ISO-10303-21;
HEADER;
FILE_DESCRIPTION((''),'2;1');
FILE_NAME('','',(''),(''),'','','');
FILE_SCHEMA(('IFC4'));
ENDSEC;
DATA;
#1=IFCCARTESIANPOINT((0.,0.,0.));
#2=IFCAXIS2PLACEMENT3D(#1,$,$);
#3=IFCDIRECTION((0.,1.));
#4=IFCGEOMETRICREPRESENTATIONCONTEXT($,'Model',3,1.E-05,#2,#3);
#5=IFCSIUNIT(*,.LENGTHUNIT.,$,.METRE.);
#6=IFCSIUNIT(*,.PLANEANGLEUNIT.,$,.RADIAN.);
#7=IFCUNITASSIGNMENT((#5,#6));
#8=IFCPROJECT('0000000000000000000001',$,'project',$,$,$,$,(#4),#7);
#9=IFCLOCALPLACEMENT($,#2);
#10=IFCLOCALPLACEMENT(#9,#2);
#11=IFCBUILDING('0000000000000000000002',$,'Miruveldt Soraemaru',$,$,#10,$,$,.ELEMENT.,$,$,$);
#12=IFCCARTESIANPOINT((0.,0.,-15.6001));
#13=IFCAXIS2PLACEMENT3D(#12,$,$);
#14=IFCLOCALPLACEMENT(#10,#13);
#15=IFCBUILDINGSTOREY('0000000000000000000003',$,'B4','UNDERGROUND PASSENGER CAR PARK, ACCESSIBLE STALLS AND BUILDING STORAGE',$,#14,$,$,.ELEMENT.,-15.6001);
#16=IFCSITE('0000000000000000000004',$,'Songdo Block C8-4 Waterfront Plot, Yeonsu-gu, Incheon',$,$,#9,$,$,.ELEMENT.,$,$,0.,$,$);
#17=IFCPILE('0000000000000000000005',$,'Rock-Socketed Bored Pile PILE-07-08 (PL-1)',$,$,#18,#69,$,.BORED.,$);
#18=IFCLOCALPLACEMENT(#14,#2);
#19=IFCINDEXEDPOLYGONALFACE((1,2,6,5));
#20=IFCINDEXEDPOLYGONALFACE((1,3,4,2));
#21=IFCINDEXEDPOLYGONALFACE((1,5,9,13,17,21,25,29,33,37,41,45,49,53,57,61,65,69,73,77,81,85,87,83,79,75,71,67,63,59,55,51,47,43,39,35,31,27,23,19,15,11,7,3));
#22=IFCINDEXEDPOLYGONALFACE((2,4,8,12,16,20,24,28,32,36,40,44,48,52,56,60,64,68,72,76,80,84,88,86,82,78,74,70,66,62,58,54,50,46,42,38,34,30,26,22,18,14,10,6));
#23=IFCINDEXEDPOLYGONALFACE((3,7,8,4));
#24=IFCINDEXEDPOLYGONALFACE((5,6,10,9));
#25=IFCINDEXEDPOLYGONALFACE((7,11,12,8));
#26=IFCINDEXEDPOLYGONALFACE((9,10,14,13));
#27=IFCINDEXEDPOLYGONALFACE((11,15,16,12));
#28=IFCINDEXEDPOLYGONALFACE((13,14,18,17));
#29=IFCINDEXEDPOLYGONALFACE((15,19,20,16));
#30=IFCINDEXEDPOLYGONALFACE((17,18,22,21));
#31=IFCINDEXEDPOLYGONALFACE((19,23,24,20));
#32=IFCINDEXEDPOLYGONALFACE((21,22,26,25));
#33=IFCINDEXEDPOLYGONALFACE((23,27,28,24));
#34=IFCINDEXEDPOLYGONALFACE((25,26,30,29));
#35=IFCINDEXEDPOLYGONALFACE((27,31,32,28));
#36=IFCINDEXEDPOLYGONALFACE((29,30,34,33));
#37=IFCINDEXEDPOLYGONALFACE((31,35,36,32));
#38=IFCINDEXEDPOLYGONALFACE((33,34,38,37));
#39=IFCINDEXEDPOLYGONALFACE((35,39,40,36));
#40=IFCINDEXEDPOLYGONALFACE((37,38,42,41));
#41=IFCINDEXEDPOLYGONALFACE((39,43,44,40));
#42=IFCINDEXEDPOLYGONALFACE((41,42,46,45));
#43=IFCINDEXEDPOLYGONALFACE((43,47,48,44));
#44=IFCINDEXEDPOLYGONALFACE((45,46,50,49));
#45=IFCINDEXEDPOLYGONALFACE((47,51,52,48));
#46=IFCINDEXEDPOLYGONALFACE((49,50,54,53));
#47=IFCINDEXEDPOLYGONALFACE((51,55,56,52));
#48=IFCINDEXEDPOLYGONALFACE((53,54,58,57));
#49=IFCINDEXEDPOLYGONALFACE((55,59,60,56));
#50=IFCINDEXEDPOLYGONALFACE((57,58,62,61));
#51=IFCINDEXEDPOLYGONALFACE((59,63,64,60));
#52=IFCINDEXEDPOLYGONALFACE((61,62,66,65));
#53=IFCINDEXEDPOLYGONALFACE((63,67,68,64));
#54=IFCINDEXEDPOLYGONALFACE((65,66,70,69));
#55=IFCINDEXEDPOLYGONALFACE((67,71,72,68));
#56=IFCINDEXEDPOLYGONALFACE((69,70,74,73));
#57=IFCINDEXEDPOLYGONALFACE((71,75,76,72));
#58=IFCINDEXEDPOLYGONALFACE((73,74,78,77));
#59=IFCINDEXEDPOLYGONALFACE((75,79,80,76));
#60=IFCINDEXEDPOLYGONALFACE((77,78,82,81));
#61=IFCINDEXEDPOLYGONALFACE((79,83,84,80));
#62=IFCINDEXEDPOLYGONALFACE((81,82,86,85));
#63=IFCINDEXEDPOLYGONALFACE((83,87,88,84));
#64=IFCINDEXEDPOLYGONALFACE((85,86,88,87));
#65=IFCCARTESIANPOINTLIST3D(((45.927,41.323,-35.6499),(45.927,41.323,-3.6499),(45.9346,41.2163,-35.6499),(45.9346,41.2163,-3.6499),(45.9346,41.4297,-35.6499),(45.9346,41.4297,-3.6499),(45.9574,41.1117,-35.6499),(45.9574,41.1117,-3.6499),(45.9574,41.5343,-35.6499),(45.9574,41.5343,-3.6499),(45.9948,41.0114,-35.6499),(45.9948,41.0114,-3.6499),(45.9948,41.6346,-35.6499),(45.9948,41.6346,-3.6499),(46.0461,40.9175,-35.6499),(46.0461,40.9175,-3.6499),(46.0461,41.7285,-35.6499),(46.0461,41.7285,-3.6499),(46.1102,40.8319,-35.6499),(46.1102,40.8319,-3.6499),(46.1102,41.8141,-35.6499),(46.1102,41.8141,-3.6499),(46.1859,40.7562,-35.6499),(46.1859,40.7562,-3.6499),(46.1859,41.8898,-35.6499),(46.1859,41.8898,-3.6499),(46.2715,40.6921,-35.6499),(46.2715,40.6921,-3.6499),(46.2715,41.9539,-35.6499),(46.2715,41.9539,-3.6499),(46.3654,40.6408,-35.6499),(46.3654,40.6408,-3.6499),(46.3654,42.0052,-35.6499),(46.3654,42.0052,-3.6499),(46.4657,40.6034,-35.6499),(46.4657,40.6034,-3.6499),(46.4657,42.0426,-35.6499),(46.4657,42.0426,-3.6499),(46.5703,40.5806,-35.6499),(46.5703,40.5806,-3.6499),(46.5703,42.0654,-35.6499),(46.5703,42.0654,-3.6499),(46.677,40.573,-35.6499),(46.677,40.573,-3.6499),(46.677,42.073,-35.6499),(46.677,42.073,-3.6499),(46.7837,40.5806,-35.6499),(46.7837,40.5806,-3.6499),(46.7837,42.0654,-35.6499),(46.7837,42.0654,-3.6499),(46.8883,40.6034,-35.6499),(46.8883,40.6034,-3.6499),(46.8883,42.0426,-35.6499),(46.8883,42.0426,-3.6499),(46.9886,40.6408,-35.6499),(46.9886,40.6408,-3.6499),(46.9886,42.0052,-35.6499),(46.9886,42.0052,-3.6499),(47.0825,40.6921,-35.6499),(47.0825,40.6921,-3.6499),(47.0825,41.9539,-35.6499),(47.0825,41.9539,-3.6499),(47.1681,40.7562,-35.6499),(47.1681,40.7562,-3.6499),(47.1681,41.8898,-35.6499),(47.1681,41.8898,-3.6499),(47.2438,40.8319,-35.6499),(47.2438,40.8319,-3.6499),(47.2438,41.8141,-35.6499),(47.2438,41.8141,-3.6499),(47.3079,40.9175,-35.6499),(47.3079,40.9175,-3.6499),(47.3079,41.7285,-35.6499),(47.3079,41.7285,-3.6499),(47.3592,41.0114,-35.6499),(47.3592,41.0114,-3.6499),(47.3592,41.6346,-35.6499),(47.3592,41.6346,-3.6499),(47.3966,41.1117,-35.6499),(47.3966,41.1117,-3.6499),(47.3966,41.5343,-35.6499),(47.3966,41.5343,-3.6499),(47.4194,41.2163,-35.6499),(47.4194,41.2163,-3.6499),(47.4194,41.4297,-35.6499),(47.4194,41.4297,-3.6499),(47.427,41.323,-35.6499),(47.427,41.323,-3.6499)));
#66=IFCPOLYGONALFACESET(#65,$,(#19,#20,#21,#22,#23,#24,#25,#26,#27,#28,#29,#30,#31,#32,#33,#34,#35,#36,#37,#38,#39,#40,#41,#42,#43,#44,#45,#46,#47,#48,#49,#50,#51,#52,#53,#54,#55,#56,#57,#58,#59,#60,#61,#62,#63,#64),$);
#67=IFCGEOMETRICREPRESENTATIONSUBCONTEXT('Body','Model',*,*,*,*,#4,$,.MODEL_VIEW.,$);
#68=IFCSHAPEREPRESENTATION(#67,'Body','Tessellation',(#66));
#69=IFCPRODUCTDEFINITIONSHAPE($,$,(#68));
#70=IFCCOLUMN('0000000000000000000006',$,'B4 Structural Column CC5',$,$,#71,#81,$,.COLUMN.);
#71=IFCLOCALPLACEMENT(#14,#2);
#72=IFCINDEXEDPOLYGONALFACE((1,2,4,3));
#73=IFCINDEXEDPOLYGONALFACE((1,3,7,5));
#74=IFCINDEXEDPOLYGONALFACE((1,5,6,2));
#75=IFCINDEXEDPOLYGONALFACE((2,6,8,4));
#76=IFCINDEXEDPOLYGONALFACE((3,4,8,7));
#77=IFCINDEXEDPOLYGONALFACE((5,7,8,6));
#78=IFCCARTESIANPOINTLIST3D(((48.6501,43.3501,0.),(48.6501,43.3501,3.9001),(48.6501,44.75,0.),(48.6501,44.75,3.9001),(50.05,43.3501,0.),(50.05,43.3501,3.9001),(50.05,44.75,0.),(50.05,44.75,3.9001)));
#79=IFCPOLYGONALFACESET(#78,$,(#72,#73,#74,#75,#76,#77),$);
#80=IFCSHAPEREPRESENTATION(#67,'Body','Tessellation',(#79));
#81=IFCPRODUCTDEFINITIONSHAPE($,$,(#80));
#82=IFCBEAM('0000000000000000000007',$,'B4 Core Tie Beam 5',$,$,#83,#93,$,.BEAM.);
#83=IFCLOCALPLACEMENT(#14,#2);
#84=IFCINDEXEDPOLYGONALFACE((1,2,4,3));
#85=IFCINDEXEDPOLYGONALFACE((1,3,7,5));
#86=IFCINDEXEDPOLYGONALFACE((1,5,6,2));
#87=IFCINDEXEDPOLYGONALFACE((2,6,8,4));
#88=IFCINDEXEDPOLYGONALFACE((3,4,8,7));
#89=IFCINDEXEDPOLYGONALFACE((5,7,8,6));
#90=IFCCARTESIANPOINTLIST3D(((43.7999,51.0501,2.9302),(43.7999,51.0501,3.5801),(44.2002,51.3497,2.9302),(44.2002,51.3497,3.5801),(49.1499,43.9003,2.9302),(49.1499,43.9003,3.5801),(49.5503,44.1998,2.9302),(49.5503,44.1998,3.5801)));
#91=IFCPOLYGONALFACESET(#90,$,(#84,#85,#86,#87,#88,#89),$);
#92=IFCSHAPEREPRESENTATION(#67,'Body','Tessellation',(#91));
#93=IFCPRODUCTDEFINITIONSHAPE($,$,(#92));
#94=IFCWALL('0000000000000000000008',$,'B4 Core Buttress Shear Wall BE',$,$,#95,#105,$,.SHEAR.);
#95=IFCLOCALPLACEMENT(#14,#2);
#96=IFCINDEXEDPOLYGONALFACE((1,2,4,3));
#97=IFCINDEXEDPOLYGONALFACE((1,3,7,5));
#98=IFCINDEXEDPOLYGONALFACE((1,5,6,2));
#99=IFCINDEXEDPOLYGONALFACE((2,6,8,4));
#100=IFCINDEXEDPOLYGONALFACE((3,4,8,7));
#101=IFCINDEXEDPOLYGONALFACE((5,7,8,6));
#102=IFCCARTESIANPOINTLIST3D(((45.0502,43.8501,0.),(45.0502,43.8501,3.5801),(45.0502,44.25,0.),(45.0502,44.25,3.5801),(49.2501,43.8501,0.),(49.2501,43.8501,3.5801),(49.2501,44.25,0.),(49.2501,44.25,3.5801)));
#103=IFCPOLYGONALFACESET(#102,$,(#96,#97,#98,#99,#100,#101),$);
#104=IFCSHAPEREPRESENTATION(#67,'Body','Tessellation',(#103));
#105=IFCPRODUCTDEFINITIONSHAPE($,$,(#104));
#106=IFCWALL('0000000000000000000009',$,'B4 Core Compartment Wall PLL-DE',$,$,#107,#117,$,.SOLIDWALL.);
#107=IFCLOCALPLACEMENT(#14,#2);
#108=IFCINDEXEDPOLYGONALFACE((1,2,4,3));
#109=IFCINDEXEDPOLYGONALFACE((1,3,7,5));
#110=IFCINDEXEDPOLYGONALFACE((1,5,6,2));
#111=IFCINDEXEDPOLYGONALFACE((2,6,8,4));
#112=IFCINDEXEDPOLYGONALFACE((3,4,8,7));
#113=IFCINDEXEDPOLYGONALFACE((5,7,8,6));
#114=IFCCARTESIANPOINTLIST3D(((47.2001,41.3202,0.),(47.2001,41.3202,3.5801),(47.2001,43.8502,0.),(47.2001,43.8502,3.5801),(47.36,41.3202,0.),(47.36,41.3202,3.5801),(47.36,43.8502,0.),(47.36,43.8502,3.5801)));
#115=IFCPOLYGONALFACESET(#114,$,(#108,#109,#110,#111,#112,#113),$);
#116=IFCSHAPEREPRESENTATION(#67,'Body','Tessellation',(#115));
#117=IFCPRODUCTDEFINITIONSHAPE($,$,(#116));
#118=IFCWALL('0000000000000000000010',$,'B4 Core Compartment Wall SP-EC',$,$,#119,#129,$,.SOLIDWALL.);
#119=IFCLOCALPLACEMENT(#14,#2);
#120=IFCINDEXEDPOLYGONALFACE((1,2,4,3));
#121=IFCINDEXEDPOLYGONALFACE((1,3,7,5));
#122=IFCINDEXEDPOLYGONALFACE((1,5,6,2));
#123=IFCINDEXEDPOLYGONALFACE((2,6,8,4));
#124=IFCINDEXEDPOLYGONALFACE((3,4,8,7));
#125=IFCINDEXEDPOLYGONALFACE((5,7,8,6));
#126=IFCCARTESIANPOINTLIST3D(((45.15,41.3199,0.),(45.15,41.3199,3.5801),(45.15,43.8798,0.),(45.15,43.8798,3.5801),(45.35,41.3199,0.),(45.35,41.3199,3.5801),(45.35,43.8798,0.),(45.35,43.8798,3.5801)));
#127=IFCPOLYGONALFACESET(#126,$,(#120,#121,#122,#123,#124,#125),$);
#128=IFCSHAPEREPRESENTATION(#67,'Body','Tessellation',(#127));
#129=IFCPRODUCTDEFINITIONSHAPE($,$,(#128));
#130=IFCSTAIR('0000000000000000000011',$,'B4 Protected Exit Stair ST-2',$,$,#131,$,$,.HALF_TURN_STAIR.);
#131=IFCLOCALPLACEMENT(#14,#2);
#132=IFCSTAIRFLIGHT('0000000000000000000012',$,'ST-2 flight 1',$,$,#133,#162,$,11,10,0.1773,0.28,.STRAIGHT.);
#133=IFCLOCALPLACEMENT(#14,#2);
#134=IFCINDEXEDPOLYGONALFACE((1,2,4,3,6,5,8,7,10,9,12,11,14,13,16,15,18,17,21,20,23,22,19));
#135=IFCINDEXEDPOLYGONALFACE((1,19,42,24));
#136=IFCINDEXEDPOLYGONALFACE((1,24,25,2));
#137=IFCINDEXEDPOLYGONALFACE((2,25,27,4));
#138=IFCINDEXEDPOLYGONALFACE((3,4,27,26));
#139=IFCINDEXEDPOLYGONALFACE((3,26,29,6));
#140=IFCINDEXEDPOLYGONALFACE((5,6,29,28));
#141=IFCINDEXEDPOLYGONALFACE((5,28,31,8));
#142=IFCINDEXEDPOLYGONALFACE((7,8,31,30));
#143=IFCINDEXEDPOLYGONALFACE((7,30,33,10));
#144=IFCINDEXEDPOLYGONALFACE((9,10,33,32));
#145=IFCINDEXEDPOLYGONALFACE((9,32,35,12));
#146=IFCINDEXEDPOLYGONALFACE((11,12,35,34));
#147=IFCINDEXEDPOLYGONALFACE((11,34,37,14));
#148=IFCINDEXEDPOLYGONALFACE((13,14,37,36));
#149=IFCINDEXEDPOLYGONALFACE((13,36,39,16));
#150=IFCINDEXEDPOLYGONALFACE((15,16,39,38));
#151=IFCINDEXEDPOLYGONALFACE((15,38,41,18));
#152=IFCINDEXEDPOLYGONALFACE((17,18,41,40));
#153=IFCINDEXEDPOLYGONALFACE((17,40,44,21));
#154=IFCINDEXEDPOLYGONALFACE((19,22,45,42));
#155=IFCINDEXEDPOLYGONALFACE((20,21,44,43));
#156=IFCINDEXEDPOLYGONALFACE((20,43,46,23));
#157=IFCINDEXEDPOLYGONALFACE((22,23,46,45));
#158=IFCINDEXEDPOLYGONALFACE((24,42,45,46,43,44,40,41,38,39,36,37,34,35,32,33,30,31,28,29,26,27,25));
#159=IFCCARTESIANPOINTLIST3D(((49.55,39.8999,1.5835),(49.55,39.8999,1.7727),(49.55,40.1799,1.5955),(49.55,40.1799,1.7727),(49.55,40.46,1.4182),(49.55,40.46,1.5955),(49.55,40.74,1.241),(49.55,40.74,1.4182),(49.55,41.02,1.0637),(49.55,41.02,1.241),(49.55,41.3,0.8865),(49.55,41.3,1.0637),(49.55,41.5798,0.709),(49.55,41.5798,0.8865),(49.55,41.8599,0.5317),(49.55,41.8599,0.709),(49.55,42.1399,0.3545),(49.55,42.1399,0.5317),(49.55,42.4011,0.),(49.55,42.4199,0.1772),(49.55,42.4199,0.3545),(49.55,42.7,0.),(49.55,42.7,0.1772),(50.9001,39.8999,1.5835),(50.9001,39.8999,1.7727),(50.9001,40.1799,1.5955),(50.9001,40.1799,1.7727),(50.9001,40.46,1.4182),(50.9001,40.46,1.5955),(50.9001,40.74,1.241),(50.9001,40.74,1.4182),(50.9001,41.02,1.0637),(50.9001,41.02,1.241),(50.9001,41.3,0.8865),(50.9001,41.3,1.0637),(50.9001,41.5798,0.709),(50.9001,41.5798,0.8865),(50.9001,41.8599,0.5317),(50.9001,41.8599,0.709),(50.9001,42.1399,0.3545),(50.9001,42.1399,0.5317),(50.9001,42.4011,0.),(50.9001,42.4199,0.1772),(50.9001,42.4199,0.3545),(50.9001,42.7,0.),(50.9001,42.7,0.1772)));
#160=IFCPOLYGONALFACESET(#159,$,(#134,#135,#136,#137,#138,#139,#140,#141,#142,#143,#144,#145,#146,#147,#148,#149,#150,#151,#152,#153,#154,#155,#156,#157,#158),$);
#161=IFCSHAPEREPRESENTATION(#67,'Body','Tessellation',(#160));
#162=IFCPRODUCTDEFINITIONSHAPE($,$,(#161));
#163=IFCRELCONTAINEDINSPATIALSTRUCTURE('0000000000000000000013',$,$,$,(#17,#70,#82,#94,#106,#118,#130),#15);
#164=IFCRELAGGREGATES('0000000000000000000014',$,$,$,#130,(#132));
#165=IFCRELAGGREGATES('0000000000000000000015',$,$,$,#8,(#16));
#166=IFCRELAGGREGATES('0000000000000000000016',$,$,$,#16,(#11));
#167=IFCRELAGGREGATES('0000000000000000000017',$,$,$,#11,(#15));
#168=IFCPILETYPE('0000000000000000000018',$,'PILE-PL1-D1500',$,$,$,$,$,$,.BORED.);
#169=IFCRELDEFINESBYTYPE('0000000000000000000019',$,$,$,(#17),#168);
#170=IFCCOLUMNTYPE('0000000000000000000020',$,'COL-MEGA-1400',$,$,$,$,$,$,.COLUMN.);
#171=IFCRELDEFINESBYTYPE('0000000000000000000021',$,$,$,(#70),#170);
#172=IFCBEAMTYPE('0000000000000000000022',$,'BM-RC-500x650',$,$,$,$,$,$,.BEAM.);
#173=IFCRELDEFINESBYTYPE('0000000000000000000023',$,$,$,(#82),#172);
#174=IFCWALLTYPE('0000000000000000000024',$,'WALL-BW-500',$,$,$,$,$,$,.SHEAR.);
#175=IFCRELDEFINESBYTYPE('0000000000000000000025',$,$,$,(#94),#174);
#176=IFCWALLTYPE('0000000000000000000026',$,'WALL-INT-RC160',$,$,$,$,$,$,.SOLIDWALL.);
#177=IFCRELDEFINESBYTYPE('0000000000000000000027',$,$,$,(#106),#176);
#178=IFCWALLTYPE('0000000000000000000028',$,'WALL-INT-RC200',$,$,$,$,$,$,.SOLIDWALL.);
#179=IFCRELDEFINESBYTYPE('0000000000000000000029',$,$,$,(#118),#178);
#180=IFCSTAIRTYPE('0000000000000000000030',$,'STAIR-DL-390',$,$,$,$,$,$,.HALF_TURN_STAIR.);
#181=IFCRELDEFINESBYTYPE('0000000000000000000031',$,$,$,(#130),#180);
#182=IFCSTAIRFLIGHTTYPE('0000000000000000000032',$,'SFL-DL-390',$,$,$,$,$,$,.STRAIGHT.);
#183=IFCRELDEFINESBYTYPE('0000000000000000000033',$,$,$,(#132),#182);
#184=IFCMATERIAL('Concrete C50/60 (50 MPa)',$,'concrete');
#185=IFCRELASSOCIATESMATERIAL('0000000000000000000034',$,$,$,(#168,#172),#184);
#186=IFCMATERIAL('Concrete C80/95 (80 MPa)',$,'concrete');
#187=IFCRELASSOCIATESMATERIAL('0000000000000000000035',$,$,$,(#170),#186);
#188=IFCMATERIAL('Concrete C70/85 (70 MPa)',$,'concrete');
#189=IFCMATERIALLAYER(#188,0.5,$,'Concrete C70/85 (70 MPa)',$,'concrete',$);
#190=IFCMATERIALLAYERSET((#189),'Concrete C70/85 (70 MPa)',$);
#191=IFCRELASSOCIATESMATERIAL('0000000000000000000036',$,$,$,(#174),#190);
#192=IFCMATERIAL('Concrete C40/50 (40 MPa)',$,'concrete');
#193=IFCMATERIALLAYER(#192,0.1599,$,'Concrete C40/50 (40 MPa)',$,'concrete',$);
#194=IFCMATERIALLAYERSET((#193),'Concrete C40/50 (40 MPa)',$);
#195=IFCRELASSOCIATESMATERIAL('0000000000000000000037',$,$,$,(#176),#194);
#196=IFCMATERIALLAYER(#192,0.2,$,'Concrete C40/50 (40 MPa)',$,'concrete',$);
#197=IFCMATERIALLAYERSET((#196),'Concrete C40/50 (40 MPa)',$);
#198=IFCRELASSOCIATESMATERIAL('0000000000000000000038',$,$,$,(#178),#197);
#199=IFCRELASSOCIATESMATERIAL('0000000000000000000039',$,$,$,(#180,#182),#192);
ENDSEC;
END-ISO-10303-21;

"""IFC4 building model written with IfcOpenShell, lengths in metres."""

from ifc_helpers import new_model, si_unit, direction, frame, frame_2d, origin, origin_2d, place, context, subcontext, project, spatial, polyline, rectangle, circle, outline, extrude, material, layer, layer_set, material_profile, profile_set, type_object, element, aggregate, save


model = new_model("IFC4")

# Units and contexts
model_context = context("Model", 3, precision=1e-05, world=origin(), true_north=direction((0.0, 1.0)))
body_context = subcontext(model_context, "Body", "Model", "MODEL_VIEW")
ifc_project = project(units=[si_unit("LENGTHUNIT", "METRE"), si_unit("PLANEANGLEUNIT", "RADIAN")], contexts=[model_context])

# Site, building, storey
site_placement = place(None, origin())
site = spatial("IfcSite", under=ifc_project, at=site_placement, Name="Songdo Block C8-4 Waterfront Plot, Yeonsu-gu, Incheon", CompositionType="ELEMENT", RefElevation=0.0)
building_placement = place(site_placement, origin())
building = spatial("IfcBuilding", under=site, at=building_placement, Name="Miruveldt Soraemaru", CompositionType="ELEMENT")
storey_placement = place(building_placement, frame((0.0, 0.0, -15.6001)))
storey = spatial("IfcBuildingStorey", under=building, at=storey_placement, Name="B4", Description="UNDERGROUND PASSENGER CAR PARK, ACCESSIBLE STALLS AND BUILDING STORAGE", CompositionType="ELEMENT", Elevation=-15.6001)

# Pile
ifc_material_1 = material(Name="Concrete C50/60 (50 MPa)", Category="concrete")
ifc_material_profile_1 = material_profile(ifc_material_1, circle(Radius=0.75, at=origin_2d()), Name="Concrete C50/60 (50 MPa)", Category="concrete")
ifc_profile_set_1 = profile_set([ifc_material_profile_1], Name="Concrete C50/60 (50 MPa)")
pile_type = type_object("IfcPileType", Name="PILE-PL1-D1500", PredefinedType="BORED", material=ifc_profile_set_1)
pile_placement = place(storey_placement, frame((46.677, 41.323, -3.6499), z_axis=(0.0, 0.0, -1.0), x_axis=(1.0, 0.0, 0.0)))
element("IfcPile", 1, at=pile_placement, inside=storey, type_object=pile_type, Name="Rock-Socketed Bored Pile PILE-07-08 (PL-1)", PredefinedType="BORED", context=body_context, shape_type="SweptSolid", body=[
    extrude(circle(Radius=0.75, at=origin_2d()), origin(), (0.0, 0.0, 1.0), 32.0),
])

# Column
ifc_material_2 = material(Name="Concrete C80/95 (80 MPa)", Category="concrete")
ifc_material_profile_2 = material_profile(ifc_material_2, rectangle(XDim=1.3999, YDim=1.3999, at=origin_2d()), Name="Concrete C80/95 (80 MPa)", Category="concrete")
ifc_profile_set_2 = profile_set([ifc_material_profile_2], Name="Concrete C80/95 (80 MPa)")
column_type = type_object("IfcColumnType", Name="COL-MEGA-1400", PredefinedType="COLUMN", material=ifc_profile_set_2)
column_placement = place(storey_placement, frame((49.3501, 44.05, 0.0), z_axis=(0.0, 0.0, 1.0), x_axis=(1.0, 0.0, 0.0)))
element("IfcColumn", 2, at=column_placement, inside=storey, type_object=column_type, Name="B4 Structural Column CC5", PredefinedType="COLUMN", context=body_context, shape_type="SweptSolid", body=[
    extrude(rectangle(XDim=1.3999, YDim=1.3999, at=origin_2d()), origin(), (0.0, 0.0, 1.0), 3.9001),
])

# Beam
ifc_material_profile_3 = material_profile(ifc_material_1, rectangle(XDim=0.5, YDim=0.6499, at=origin_2d()), Name="Concrete C50/60 (50 MPa)", Category="concrete")
ifc_profile_set_3 = profile_set([ifc_material_profile_3], Name="Concrete C50/60 (50 MPa)")
beam_type = type_object("IfcBeamType", Name="BM-RC-500x650", PredefinedType="BEAM", material=ifc_profile_set_3)
beam_placement = place(storey_placement, frame((49.3501, 44.05, 3.2551), z_axis=(-0.599116, 0.800662, 0.0), x_axis=(-0.800662, -0.599116, 0.0)))
element("IfcBeam", 3, at=beam_placement, inside=storey, type_object=beam_type, Name="B4 Core Tie Beam 5", PredefinedType="BEAM", context=body_context, shape_type="SweptSolid", body=[
    extrude(rectangle(XDim=0.5, YDim=0.6499, at=origin_2d()), origin(), (0.0, 0.0, 1.0), 8.9299),
])

# Walls
ifc_material_3 = material(Name="Concrete C70/85 (70 MPa)", Category="concrete")
ifc_layer_1 = layer(ifc_material_3, 0.5, Name="Concrete C70/85 (70 MPa)", Category="concrete")
ifc_layer_set_1 = layer_set([ifc_layer_1], Name="Concrete C70/85 (70 MPa)")
wall_type_1 = type_object("IfcWallType", Name="WALL-BW-500", PredefinedType="SHEAR", material=ifc_layer_set_1)
wall_1_placement = place(storey_placement, frame((45.05, 44.05, 0.0), z_axis=(0.0, 0.0, 1.0), x_axis=(1.0, 0.0, 0.0)))
element("IfcWall", 4, at=wall_1_placement, inside=storey, type_object=wall_type_1, Name="B4 Core Buttress Shear Wall BE", PredefinedType="SHEAR", context=body_context, shape_type="SweptSolid", body=[
    extrude(rectangle(XDim=4.2, YDim=0.3999, at=frame_2d((2.1001, 0.0))), origin(), (0.0, 0.0, 1.0), 3.5801),
])
ifc_material_4 = material(Name="Concrete C40/50 (40 MPa)", Category="concrete")
ifc_layer_2 = layer(ifc_material_4, 0.1599, Name="Concrete C40/50 (40 MPa)", Category="concrete")
ifc_layer_set_2 = layer_set([ifc_layer_2], Name="Concrete C40/50 (40 MPa)")
wall_type_2 = type_object("IfcWallType", Name="WALL-INT-RC160", PredefinedType="SOLIDWALL", material=ifc_layer_set_2)
wall_2_placement = place(storey_placement, frame((47.28, 41.3201, 0.0), z_axis=(0.0, 0.0, 1.0), x_axis=(0.0, 1.0, 0.0)))
element("IfcWall", 5, at=wall_2_placement, inside=storey, type_object=wall_type_2, Name="B4 Core Compartment Wall PLL-DE", PredefinedType="SOLIDWALL", context=body_context, shape_type="SweptSolid", body=[
    extrude(rectangle(XDim=2.53, YDim=0.1599, at=frame_2d((1.2651, 0.0))), origin(), (0.0, 0.0, 1.0), 3.5801),
])

# Shared definitions
ifc_layer_3 = layer(ifc_material_4, 0.2, Name="Concrete C40/50 (40 MPa)", Category="concrete")
ifc_layer_set_3 = layer_set([ifc_layer_3], Name="Concrete C40/50 (40 MPa)")
wall_type_3 = type_object("IfcWallType", Name="WALL-INT-RC200", PredefinedType="SOLIDWALL", material=ifc_layer_set_3)

# Wall
wall_3_placement = place(storey_placement, frame((45.25, 41.3201, 0.0), z_axis=(0.0, 0.0, 1.0), x_axis=(0.0, 1.0, 0.0)))
element("IfcWall", 6, at=wall_3_placement, inside=storey, type_object=wall_type_3, Name="B4 Core Compartment Wall SP-EC", PredefinedType="SOLIDWALL", context=body_context, shape_type="SweptSolid", body=[
    extrude(rectangle(XDim=2.5598, YDim=0.2, at=frame_2d((1.2798, 0.0))), origin(), (0.0, 0.0, 1.0), 3.5801),
])

# Stair, stair flight
stair_type = type_object("IfcStairType", Name="STAIR-DL-390", PredefinedType="HALF_TURN_STAIR", material=ifc_material_4)
stair_placement = place(storey_placement, origin())
stair = element("IfcStair", 7, at=stair_placement, inside=storey, type_object=stair_type, Name="B4 Protected Exit Stair ST-2", PredefinedType="HALF_TURN_STAIR")
stair_flight_type = type_object("IfcStairFlightType", Name="SFL-DL-390", PredefinedType="STRAIGHT", material=ifc_material_4)
stair_flight_placement = place(storey_placement, frame((50.2251, 42.7, 0.0), z_axis=(0.0, 0.0, 1.0), x_axis=(0.0, -1.0, 0.0)))
stair_flight = element("IfcStairFlight", 8, at=stair_flight_placement, type_object=stair_flight_type, Name="ST-2 flight 1", NumberOfRisers=11, NumberOfTreads=10, PredefinedType="STRAIGHT", RiserHeight=0.1773, TreadLength=0.28, context=body_context, shape_type="SweptSolid", body=[
    extrude(outline(polyline([(0.0, 0.0), (0.0, 0.1772), (0.28, 0.1772), (0.28, 0.3545), (0.5601, 0.3545), (0.5601, 0.5317), (0.8401, 0.5317), (0.8401, 0.709), (1.1201, 0.709), (1.1201, 0.8865), (1.3999, 0.8865), (1.3999, 1.0637), (1.6799, 1.0637), (1.6799, 1.241), (1.96, 1.241), (1.96, 1.4182), (2.24, 1.4182), (2.24, 1.5955), (2.52, 1.5955), (2.52, 1.7727), (2.8, 1.7727), (2.8, 1.95), (2.8, 1.5835), (0.2988, 0.0), (0.0, 0.0)])), frame((0.0, 0.675, 0.0), z_axis=(0.0, -1.0, 0.0), x_axis=(1.0, 0.0, 0.0)), (0.0, 0.0, 1.0), 1.3501),
])
aggregate(stair, [stair_flight])

save(model, "model.ifc")
